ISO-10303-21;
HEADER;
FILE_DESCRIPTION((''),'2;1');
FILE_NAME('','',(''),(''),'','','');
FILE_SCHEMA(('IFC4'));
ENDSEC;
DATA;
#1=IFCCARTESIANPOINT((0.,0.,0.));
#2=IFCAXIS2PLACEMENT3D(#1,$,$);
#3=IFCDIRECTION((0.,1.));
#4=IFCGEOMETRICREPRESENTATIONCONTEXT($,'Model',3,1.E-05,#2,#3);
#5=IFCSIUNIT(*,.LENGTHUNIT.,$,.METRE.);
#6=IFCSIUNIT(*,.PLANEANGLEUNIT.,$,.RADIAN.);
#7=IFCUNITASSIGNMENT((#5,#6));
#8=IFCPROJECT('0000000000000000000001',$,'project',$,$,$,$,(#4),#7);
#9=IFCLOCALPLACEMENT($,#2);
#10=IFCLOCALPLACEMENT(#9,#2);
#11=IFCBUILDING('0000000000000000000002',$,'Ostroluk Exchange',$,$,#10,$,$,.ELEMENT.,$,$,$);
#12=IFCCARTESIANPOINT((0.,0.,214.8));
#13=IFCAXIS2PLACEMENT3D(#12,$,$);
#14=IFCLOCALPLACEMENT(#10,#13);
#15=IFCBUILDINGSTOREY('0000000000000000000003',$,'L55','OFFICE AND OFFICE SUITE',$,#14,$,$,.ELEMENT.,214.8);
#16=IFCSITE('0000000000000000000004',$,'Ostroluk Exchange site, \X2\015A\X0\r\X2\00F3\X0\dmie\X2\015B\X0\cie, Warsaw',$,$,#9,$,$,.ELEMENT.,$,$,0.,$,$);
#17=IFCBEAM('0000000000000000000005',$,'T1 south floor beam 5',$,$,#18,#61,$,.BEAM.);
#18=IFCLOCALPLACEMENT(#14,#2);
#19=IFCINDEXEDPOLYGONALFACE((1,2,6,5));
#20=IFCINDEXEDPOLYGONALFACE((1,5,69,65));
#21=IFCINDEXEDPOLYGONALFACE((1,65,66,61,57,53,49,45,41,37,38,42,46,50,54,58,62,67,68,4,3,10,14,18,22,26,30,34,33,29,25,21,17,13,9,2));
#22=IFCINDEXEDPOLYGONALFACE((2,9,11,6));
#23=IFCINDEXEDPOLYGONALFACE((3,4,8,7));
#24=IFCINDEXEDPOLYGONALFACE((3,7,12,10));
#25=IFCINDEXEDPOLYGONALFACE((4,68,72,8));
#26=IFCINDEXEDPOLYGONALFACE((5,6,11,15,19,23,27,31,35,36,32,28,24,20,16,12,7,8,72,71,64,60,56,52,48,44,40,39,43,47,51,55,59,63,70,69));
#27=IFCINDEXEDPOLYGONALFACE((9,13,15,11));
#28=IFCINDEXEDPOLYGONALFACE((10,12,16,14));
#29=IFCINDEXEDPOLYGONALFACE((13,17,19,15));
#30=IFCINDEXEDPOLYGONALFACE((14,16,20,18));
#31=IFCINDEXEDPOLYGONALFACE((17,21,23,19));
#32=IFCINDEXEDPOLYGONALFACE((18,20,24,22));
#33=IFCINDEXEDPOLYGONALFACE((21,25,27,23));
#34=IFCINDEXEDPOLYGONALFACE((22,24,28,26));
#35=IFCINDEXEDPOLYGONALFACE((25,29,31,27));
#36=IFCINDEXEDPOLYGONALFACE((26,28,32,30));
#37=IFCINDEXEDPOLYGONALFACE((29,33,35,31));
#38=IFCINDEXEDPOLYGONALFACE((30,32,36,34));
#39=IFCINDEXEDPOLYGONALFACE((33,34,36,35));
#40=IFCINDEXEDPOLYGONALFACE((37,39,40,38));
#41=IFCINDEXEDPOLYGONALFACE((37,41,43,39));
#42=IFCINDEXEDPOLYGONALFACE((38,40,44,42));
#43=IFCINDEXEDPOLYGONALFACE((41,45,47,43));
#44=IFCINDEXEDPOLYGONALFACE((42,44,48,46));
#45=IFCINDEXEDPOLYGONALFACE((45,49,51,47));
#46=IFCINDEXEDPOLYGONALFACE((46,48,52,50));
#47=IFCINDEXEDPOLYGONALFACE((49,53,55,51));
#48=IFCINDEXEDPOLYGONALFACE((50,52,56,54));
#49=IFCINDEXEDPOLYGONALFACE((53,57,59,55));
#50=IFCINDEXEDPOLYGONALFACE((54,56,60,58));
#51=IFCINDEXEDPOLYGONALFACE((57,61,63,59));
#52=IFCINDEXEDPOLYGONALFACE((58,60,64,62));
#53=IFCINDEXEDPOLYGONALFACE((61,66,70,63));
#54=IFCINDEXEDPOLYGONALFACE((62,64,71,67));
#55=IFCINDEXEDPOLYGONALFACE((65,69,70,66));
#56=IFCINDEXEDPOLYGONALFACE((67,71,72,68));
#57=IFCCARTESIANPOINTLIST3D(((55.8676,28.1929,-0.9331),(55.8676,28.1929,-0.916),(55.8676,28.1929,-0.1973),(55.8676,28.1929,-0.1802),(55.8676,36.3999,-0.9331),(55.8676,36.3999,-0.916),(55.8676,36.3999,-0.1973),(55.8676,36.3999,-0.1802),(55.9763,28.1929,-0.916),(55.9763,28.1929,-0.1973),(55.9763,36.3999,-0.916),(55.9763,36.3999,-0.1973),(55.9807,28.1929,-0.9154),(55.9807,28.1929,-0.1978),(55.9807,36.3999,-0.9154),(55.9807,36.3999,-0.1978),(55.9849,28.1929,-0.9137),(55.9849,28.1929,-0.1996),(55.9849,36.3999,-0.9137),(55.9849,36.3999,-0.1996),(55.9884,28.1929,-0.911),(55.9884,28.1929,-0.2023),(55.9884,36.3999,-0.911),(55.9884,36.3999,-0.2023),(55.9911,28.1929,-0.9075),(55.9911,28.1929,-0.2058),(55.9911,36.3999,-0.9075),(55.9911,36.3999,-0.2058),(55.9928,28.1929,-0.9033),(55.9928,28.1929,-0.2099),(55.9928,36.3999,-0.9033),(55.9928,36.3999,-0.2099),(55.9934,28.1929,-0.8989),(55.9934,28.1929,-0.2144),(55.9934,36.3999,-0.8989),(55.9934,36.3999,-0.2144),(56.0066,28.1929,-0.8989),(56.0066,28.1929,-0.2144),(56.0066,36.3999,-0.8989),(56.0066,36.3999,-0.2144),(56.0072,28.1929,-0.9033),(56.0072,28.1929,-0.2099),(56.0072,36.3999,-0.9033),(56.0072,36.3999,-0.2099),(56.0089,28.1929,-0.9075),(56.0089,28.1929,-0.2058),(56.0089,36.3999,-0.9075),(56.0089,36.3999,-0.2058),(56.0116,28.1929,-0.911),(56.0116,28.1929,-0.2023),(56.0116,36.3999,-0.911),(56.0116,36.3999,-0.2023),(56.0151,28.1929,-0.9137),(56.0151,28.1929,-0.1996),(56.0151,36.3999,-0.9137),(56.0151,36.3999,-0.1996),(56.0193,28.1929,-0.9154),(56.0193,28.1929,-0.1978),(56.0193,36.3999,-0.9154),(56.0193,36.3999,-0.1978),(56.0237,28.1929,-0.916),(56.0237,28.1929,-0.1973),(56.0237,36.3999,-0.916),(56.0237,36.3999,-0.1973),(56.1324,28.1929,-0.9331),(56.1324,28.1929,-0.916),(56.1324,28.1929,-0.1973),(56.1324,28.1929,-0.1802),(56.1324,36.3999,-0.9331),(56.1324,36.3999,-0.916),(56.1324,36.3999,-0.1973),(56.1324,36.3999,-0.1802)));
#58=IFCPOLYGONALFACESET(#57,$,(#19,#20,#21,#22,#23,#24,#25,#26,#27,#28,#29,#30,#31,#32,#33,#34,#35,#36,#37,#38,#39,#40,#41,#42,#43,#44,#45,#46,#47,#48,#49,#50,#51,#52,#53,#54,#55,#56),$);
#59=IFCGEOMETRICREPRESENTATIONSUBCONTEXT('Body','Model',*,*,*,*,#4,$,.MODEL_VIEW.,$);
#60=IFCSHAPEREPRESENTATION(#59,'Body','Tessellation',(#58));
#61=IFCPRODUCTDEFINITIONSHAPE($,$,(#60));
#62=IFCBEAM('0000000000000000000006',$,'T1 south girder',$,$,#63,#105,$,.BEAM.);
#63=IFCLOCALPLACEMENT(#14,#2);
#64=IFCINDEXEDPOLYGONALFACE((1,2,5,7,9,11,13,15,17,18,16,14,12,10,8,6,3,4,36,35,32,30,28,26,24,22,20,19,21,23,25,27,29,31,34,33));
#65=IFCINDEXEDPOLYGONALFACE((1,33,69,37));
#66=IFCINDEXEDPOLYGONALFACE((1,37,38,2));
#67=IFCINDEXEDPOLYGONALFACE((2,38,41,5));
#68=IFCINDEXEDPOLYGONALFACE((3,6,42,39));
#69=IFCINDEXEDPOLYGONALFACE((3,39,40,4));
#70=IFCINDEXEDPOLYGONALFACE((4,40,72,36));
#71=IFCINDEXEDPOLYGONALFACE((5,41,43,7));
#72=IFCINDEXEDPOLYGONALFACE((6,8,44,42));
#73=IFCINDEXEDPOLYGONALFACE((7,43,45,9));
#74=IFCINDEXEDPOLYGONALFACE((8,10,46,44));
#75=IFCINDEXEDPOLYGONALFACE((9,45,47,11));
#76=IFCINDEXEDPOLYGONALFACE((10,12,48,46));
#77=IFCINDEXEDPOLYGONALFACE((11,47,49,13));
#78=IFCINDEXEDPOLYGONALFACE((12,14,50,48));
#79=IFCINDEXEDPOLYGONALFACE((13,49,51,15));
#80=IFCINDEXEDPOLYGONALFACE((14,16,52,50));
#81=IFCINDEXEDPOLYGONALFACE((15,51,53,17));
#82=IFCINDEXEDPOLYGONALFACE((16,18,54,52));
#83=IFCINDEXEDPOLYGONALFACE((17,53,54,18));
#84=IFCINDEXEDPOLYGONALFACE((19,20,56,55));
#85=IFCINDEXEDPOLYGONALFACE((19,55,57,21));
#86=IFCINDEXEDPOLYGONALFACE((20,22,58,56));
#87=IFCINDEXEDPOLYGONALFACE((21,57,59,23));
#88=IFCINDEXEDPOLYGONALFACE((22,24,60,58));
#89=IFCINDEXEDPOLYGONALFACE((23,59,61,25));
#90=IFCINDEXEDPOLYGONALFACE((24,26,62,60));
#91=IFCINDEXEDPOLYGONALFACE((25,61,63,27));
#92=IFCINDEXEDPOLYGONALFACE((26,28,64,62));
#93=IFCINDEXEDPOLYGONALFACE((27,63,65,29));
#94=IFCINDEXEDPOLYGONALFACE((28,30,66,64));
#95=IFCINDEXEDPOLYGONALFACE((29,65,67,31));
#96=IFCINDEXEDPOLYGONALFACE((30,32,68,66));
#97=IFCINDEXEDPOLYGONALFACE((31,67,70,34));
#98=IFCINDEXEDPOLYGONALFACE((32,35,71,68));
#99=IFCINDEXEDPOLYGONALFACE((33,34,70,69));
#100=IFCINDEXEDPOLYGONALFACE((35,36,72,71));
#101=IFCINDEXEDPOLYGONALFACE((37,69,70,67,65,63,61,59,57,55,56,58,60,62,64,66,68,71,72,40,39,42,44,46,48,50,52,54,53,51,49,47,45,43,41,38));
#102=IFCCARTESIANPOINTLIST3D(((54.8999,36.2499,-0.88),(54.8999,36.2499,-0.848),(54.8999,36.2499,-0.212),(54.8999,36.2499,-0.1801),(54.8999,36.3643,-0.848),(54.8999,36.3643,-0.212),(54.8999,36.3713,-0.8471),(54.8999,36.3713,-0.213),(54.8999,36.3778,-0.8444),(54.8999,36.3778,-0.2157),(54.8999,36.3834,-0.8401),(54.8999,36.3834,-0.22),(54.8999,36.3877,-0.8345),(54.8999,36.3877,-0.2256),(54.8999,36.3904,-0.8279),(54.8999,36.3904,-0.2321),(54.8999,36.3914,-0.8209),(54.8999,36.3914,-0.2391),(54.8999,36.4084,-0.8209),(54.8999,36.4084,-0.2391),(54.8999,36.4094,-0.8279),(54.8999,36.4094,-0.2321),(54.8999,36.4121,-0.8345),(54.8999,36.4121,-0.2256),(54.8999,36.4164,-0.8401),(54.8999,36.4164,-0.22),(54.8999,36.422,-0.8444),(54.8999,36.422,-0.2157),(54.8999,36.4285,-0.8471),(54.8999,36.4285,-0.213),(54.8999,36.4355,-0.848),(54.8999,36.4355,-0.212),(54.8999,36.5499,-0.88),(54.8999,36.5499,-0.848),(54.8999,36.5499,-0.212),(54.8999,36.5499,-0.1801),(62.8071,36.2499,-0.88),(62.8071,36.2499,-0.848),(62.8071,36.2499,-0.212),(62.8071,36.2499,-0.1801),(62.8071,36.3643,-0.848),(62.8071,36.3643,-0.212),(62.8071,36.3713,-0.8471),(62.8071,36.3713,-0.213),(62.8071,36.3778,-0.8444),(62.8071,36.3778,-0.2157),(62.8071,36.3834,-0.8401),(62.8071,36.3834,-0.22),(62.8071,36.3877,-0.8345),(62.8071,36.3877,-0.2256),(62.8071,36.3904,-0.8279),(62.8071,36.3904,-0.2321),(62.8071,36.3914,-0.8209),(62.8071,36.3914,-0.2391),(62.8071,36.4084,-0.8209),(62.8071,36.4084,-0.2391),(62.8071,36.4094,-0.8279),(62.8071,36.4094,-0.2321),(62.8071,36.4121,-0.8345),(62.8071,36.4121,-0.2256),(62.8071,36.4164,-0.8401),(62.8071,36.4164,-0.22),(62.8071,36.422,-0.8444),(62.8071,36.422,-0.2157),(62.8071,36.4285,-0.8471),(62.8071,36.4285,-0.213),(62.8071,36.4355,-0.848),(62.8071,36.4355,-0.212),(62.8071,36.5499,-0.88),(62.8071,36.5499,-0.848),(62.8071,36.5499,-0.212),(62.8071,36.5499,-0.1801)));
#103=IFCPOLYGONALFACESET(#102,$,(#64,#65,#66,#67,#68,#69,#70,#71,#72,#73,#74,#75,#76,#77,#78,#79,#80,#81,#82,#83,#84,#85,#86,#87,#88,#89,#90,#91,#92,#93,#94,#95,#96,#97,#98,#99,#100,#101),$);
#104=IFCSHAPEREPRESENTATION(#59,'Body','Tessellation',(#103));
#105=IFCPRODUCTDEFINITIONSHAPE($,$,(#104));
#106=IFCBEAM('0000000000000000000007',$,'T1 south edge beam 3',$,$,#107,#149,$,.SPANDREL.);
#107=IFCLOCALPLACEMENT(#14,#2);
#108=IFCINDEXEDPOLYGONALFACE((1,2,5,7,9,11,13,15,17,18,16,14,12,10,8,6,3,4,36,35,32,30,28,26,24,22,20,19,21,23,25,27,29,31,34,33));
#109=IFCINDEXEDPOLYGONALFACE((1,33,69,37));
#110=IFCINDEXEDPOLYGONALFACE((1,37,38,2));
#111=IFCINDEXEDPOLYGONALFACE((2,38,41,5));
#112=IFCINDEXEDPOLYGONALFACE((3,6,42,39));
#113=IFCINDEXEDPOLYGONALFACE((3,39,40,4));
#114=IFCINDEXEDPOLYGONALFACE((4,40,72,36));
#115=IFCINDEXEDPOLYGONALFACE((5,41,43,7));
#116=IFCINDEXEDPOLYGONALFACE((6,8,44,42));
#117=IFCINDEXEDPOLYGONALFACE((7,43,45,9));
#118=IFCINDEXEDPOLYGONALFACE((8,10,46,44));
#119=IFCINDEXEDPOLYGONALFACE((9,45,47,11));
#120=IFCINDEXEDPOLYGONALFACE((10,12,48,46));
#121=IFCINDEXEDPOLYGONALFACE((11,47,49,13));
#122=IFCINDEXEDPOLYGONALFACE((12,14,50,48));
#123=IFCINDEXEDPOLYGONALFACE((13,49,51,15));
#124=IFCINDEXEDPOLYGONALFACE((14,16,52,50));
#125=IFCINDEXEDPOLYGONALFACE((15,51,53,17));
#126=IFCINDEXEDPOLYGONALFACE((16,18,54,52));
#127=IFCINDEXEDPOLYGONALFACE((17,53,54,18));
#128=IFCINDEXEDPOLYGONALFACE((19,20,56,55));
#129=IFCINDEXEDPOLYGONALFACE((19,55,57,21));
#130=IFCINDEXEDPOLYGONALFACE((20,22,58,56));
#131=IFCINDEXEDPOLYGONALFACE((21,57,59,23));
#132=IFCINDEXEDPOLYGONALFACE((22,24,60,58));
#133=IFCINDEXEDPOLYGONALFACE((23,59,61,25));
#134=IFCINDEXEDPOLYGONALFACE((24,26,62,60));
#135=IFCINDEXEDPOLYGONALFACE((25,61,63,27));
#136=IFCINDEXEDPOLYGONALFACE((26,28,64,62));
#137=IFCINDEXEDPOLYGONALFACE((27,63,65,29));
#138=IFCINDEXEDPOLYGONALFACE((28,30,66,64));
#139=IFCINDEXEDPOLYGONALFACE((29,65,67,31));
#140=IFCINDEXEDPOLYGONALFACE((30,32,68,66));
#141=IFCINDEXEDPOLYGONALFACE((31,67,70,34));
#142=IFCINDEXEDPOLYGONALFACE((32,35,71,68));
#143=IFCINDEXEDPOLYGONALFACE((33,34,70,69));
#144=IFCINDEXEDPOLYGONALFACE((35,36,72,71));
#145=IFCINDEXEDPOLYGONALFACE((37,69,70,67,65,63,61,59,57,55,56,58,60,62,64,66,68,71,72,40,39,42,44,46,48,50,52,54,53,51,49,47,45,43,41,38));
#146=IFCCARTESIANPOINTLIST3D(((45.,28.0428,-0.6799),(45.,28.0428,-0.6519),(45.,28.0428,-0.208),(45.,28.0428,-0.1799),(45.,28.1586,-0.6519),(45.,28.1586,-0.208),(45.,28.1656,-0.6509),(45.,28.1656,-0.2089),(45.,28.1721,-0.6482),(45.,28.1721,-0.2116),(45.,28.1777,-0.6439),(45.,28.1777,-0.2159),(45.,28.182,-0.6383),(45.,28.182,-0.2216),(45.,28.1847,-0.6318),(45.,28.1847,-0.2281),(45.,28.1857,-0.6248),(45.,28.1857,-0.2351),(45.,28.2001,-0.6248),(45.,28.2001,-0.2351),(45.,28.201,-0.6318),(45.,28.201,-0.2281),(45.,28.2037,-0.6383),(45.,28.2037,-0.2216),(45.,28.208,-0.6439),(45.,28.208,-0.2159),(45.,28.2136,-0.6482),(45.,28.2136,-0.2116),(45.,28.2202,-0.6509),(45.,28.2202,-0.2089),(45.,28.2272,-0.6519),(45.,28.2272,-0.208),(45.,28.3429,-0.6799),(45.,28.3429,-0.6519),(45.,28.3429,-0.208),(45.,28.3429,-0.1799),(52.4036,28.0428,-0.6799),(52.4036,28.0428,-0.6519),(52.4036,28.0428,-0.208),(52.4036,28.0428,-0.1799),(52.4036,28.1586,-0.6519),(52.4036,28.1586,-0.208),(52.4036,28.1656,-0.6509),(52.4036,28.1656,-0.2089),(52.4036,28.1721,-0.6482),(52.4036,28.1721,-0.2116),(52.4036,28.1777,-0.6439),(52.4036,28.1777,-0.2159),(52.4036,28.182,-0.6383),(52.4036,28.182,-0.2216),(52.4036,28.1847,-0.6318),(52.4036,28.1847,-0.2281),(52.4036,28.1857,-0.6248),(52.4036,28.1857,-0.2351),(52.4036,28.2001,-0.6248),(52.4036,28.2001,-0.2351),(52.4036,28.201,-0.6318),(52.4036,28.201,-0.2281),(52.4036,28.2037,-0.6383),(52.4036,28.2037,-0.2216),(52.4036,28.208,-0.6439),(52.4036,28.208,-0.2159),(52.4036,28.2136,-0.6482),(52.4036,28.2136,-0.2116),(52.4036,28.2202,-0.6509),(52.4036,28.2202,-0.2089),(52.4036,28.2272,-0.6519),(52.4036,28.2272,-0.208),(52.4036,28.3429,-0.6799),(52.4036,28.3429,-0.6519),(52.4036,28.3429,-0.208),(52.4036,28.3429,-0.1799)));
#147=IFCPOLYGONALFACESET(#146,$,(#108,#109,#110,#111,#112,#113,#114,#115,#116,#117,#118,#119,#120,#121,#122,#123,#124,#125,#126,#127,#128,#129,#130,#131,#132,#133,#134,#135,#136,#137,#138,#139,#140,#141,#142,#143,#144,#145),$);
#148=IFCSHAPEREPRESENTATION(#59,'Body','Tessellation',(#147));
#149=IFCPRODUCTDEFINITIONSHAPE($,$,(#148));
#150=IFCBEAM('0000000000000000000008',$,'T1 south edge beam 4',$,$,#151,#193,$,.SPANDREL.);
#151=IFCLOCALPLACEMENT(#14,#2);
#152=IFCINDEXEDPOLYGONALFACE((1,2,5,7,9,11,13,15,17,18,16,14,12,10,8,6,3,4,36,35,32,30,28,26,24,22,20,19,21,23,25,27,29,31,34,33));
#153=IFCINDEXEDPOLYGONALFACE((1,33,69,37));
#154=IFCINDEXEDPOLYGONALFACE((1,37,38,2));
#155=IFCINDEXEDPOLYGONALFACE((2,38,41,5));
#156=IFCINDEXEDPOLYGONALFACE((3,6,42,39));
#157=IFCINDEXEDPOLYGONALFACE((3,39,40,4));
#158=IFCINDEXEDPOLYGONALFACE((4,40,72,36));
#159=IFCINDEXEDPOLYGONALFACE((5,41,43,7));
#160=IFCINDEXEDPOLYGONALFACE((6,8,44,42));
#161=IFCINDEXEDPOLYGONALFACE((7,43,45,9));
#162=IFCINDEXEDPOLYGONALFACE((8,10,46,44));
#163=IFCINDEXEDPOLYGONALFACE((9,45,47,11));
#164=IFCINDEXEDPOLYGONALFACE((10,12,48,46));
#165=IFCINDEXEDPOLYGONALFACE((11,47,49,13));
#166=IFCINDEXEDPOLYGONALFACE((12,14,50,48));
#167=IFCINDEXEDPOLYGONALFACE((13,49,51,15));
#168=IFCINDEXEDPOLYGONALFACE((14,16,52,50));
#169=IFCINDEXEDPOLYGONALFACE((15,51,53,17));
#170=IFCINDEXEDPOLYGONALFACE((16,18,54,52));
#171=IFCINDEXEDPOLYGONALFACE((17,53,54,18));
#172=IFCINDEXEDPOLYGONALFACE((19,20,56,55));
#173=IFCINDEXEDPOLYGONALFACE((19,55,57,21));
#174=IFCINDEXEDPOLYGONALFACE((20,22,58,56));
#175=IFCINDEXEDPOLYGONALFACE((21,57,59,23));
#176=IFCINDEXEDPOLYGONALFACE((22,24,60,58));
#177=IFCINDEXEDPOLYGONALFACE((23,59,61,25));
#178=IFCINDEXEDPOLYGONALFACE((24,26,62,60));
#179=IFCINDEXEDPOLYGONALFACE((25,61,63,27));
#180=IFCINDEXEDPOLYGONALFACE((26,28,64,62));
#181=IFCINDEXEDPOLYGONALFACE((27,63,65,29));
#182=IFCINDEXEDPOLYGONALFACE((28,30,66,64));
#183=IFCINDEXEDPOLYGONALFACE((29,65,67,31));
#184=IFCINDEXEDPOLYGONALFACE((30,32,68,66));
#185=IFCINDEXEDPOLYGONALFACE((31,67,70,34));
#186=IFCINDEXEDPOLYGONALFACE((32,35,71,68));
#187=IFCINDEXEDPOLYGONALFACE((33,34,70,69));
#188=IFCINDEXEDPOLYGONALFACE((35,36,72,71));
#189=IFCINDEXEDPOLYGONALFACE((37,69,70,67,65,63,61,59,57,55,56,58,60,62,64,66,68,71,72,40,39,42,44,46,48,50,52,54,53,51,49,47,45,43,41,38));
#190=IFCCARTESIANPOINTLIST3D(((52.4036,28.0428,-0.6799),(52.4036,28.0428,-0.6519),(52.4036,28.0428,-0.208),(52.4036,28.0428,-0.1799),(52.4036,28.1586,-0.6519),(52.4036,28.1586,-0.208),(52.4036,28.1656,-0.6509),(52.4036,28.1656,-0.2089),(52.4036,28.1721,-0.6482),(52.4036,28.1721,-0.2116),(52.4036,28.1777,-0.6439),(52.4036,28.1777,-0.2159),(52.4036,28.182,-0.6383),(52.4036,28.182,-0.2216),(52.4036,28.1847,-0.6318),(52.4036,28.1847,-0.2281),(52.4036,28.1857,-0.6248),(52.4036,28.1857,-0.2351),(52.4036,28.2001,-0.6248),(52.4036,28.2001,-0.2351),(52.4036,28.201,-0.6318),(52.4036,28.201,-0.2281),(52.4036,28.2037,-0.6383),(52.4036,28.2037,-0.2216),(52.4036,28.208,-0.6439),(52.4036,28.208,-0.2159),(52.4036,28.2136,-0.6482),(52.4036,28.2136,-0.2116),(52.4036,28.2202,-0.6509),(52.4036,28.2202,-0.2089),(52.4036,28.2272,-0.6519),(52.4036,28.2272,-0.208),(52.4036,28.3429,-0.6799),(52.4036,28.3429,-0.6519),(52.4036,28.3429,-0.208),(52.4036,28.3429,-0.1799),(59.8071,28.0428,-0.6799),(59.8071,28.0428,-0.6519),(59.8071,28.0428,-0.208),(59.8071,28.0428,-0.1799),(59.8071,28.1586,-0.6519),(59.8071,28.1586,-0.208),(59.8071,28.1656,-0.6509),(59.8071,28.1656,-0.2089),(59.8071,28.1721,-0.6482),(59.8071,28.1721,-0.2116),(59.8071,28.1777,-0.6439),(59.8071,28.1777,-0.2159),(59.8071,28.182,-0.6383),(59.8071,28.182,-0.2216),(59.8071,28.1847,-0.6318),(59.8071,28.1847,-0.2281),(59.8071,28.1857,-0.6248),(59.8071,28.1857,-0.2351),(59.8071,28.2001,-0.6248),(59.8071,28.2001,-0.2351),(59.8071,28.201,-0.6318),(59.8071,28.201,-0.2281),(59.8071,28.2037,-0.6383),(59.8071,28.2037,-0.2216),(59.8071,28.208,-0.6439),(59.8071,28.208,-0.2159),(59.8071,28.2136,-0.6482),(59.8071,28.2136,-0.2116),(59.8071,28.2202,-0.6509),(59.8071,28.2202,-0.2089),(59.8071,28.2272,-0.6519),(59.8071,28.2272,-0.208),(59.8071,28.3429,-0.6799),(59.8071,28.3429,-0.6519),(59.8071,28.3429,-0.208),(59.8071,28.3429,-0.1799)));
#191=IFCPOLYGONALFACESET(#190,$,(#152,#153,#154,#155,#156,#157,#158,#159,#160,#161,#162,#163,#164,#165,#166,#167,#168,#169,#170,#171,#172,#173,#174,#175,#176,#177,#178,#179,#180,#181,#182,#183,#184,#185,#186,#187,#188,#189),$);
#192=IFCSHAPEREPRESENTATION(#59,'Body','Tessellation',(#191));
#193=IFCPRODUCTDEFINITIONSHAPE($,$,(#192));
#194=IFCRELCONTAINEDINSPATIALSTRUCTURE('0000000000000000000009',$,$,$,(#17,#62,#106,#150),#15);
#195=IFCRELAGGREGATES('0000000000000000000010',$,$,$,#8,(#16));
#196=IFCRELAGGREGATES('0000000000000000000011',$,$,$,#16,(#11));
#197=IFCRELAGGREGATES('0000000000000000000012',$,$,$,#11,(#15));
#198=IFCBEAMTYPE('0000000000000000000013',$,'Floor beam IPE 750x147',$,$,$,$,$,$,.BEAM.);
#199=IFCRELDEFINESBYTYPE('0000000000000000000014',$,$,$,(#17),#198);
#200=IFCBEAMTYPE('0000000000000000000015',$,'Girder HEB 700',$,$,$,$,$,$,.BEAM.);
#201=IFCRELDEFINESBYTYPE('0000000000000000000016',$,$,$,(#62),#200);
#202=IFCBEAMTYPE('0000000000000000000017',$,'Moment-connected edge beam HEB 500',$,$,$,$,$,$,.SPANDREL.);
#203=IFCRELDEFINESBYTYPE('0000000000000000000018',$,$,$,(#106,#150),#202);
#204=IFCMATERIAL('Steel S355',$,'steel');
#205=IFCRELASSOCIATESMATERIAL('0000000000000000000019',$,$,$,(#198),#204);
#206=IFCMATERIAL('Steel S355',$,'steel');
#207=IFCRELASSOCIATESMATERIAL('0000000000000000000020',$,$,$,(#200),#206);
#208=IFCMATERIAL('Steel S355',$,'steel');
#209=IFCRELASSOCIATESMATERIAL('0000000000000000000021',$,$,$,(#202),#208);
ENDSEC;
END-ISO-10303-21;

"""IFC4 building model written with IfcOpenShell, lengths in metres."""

from ifc_helpers import new_model, si_unit, direction, frame, origin, origin_2d, place, context, subcontext, project, spatial, i_section, extrude, material, material_profile, profile_set, type_object, element, save


model = new_model("IFC4")

# Units and contexts
model_context = context("Model", 3, precision=1e-05, world=origin(), true_north=direction((0.0, 1.0)))
body_context = subcontext(model_context, "Body", "Model", "MODEL_VIEW")
ifc_project = project(units=[si_unit("LENGTHUNIT", "METRE"), si_unit("PLANEANGLEUNIT", "RADIAN")], contexts=[model_context])

# Site, building, storey
site_placement = place(None, origin())
site = spatial("IfcSite", under=ifc_project, at=site_placement, Name="Ostroluk Exchange site, Śródmieście, Warsaw", CompositionType="ELEMENT", RefElevation=0.0)
building_placement = place(site_placement, origin())
building = spatial("IfcBuilding", under=site, at=building_placement, Name="Ostroluk Exchange", CompositionType="ELEMENT")
storey_placement = place(building_placement, frame((0.0, 0.0, 214.8)))
storey = spatial("IfcBuildingStorey", under=building, at=storey_placement, Name="L55", Description="OFFICE AND OFFICE SUITE", CompositionType="ELEMENT", Elevation=214.8)

# Beams
ifc_material_1 = material(Name="Steel S355", Category="steel")
ifc_material_profile_1 = material_profile(ifc_material_1, i_section(OverallWidth=0.2649, OverallDepth=0.7529, WebThickness=0.0132, FlangeThickness=0.0171, FilletRadius=0.0171, at=origin_2d()), Name="IPE 750x147")
ifc_profile_set_1 = profile_set([ifc_material_profile_1], Name="Steel S355")
beam_type_1 = type_object("IfcBeamType", Name="Floor beam IPE 750x147", PredefinedType="BEAM", material=ifc_profile_set_1)
beam_1_placement = place(storey_placement, frame((56.0, 36.3999, -0.5566), z_axis=(0.0, -1.0, 0.0), x_axis=(1.0, 0.0, 0.0)))
element("IfcBeam", 1, at=beam_1_placement, inside=storey, type_object=beam_type_1, Name="T1 south floor beam 5", PredefinedType="BEAM", context=body_context, shape_type="SweptSolid", body=[
    extrude(i_section(OverallWidth=0.2649, OverallDepth=0.7529, WebThickness=0.0132, FlangeThickness=0.0171, FilletRadius=0.0171, at=origin_2d()), origin(), (0.0, 0.0, 1.0), 8.207),
])
ifc_material_2 = material(Name="Steel S355", Category="steel")
ifc_material_profile_2 = material_profile(ifc_material_2, i_section(OverallWidth=0.3, OverallDepth=0.7, WebThickness=0.0171, FlangeThickness=0.032, FilletRadius=0.0271, at=origin_2d()), Name="HEB 700")
ifc_profile_set_2 = profile_set([ifc_material_profile_2], Name="Steel S355")
beam_type_2 = type_object("IfcBeamType", Name="Girder HEB 700", PredefinedType="BEAM", material=ifc_profile_set_2)
beam_2_placement = place(storey_placement, frame((54.8999, 36.3999, -0.53), z_axis=(1.0, 0.0, 0.0), x_axis=(0.0, 1.0, 0.0)))
element("IfcBeam", 2, at=beam_2_placement, inside=storey, type_object=beam_type_2, Name="T1 south girder", PredefinedType="BEAM", context=body_context, shape_type="SweptSolid", body=[
    extrude(i_section(OverallWidth=0.3, OverallDepth=0.7, WebThickness=0.0171, FlangeThickness=0.032, FilletRadius=0.0271, at=origin_2d()), origin(), (0.0, 0.0, 1.0), 7.9072),
])
ifc_material_3 = material(Name="Steel S355", Category="steel")
ifc_material_profile_3 = material_profile(ifc_material_3, i_section(OverallWidth=0.3, OverallDepth=0.5, WebThickness=0.0144, FlangeThickness=0.0281, FilletRadius=0.0271, at=origin_2d()), Name="HEB 500")
ifc_profile_set_3 = profile_set([ifc_material_profile_3], Name="Steel S355")
beam_type_3 = type_object("IfcBeamType", Name="Moment-connected edge beam HEB 500", PredefinedType="SPANDREL", material=ifc_profile_set_3)
for number, where, z_axis, x_axis, name in (
    (3, (45.0, 28.1929, -0.4299), (1.0, 0.0, 0.0), (0.0, 1.0, 0.0), "T1 south edge beam 3"),
    (4, (52.4036, 28.1929, -0.4299), (1.0, 0.0, 0.0), (0.0, 1.0, 0.0), "T1 south edge beam 4"),
):
    element("IfcBeam", number, at=place(storey_placement, frame(where, z_axis=z_axis, x_axis=x_axis)), inside=storey, type_object=beam_type_3, Name=name, PredefinedType="SPANDREL", context=body_context, shape_type="SweptSolid", body=[
        extrude(i_section(OverallWidth=0.3, OverallDepth=0.5, WebThickness=0.0144, FlangeThickness=0.0281, FilletRadius=0.0271, at=origin_2d()), origin(), (0.0, 0.0, 1.0), 7.4036),
    ])

save(model, "model.ifc")
